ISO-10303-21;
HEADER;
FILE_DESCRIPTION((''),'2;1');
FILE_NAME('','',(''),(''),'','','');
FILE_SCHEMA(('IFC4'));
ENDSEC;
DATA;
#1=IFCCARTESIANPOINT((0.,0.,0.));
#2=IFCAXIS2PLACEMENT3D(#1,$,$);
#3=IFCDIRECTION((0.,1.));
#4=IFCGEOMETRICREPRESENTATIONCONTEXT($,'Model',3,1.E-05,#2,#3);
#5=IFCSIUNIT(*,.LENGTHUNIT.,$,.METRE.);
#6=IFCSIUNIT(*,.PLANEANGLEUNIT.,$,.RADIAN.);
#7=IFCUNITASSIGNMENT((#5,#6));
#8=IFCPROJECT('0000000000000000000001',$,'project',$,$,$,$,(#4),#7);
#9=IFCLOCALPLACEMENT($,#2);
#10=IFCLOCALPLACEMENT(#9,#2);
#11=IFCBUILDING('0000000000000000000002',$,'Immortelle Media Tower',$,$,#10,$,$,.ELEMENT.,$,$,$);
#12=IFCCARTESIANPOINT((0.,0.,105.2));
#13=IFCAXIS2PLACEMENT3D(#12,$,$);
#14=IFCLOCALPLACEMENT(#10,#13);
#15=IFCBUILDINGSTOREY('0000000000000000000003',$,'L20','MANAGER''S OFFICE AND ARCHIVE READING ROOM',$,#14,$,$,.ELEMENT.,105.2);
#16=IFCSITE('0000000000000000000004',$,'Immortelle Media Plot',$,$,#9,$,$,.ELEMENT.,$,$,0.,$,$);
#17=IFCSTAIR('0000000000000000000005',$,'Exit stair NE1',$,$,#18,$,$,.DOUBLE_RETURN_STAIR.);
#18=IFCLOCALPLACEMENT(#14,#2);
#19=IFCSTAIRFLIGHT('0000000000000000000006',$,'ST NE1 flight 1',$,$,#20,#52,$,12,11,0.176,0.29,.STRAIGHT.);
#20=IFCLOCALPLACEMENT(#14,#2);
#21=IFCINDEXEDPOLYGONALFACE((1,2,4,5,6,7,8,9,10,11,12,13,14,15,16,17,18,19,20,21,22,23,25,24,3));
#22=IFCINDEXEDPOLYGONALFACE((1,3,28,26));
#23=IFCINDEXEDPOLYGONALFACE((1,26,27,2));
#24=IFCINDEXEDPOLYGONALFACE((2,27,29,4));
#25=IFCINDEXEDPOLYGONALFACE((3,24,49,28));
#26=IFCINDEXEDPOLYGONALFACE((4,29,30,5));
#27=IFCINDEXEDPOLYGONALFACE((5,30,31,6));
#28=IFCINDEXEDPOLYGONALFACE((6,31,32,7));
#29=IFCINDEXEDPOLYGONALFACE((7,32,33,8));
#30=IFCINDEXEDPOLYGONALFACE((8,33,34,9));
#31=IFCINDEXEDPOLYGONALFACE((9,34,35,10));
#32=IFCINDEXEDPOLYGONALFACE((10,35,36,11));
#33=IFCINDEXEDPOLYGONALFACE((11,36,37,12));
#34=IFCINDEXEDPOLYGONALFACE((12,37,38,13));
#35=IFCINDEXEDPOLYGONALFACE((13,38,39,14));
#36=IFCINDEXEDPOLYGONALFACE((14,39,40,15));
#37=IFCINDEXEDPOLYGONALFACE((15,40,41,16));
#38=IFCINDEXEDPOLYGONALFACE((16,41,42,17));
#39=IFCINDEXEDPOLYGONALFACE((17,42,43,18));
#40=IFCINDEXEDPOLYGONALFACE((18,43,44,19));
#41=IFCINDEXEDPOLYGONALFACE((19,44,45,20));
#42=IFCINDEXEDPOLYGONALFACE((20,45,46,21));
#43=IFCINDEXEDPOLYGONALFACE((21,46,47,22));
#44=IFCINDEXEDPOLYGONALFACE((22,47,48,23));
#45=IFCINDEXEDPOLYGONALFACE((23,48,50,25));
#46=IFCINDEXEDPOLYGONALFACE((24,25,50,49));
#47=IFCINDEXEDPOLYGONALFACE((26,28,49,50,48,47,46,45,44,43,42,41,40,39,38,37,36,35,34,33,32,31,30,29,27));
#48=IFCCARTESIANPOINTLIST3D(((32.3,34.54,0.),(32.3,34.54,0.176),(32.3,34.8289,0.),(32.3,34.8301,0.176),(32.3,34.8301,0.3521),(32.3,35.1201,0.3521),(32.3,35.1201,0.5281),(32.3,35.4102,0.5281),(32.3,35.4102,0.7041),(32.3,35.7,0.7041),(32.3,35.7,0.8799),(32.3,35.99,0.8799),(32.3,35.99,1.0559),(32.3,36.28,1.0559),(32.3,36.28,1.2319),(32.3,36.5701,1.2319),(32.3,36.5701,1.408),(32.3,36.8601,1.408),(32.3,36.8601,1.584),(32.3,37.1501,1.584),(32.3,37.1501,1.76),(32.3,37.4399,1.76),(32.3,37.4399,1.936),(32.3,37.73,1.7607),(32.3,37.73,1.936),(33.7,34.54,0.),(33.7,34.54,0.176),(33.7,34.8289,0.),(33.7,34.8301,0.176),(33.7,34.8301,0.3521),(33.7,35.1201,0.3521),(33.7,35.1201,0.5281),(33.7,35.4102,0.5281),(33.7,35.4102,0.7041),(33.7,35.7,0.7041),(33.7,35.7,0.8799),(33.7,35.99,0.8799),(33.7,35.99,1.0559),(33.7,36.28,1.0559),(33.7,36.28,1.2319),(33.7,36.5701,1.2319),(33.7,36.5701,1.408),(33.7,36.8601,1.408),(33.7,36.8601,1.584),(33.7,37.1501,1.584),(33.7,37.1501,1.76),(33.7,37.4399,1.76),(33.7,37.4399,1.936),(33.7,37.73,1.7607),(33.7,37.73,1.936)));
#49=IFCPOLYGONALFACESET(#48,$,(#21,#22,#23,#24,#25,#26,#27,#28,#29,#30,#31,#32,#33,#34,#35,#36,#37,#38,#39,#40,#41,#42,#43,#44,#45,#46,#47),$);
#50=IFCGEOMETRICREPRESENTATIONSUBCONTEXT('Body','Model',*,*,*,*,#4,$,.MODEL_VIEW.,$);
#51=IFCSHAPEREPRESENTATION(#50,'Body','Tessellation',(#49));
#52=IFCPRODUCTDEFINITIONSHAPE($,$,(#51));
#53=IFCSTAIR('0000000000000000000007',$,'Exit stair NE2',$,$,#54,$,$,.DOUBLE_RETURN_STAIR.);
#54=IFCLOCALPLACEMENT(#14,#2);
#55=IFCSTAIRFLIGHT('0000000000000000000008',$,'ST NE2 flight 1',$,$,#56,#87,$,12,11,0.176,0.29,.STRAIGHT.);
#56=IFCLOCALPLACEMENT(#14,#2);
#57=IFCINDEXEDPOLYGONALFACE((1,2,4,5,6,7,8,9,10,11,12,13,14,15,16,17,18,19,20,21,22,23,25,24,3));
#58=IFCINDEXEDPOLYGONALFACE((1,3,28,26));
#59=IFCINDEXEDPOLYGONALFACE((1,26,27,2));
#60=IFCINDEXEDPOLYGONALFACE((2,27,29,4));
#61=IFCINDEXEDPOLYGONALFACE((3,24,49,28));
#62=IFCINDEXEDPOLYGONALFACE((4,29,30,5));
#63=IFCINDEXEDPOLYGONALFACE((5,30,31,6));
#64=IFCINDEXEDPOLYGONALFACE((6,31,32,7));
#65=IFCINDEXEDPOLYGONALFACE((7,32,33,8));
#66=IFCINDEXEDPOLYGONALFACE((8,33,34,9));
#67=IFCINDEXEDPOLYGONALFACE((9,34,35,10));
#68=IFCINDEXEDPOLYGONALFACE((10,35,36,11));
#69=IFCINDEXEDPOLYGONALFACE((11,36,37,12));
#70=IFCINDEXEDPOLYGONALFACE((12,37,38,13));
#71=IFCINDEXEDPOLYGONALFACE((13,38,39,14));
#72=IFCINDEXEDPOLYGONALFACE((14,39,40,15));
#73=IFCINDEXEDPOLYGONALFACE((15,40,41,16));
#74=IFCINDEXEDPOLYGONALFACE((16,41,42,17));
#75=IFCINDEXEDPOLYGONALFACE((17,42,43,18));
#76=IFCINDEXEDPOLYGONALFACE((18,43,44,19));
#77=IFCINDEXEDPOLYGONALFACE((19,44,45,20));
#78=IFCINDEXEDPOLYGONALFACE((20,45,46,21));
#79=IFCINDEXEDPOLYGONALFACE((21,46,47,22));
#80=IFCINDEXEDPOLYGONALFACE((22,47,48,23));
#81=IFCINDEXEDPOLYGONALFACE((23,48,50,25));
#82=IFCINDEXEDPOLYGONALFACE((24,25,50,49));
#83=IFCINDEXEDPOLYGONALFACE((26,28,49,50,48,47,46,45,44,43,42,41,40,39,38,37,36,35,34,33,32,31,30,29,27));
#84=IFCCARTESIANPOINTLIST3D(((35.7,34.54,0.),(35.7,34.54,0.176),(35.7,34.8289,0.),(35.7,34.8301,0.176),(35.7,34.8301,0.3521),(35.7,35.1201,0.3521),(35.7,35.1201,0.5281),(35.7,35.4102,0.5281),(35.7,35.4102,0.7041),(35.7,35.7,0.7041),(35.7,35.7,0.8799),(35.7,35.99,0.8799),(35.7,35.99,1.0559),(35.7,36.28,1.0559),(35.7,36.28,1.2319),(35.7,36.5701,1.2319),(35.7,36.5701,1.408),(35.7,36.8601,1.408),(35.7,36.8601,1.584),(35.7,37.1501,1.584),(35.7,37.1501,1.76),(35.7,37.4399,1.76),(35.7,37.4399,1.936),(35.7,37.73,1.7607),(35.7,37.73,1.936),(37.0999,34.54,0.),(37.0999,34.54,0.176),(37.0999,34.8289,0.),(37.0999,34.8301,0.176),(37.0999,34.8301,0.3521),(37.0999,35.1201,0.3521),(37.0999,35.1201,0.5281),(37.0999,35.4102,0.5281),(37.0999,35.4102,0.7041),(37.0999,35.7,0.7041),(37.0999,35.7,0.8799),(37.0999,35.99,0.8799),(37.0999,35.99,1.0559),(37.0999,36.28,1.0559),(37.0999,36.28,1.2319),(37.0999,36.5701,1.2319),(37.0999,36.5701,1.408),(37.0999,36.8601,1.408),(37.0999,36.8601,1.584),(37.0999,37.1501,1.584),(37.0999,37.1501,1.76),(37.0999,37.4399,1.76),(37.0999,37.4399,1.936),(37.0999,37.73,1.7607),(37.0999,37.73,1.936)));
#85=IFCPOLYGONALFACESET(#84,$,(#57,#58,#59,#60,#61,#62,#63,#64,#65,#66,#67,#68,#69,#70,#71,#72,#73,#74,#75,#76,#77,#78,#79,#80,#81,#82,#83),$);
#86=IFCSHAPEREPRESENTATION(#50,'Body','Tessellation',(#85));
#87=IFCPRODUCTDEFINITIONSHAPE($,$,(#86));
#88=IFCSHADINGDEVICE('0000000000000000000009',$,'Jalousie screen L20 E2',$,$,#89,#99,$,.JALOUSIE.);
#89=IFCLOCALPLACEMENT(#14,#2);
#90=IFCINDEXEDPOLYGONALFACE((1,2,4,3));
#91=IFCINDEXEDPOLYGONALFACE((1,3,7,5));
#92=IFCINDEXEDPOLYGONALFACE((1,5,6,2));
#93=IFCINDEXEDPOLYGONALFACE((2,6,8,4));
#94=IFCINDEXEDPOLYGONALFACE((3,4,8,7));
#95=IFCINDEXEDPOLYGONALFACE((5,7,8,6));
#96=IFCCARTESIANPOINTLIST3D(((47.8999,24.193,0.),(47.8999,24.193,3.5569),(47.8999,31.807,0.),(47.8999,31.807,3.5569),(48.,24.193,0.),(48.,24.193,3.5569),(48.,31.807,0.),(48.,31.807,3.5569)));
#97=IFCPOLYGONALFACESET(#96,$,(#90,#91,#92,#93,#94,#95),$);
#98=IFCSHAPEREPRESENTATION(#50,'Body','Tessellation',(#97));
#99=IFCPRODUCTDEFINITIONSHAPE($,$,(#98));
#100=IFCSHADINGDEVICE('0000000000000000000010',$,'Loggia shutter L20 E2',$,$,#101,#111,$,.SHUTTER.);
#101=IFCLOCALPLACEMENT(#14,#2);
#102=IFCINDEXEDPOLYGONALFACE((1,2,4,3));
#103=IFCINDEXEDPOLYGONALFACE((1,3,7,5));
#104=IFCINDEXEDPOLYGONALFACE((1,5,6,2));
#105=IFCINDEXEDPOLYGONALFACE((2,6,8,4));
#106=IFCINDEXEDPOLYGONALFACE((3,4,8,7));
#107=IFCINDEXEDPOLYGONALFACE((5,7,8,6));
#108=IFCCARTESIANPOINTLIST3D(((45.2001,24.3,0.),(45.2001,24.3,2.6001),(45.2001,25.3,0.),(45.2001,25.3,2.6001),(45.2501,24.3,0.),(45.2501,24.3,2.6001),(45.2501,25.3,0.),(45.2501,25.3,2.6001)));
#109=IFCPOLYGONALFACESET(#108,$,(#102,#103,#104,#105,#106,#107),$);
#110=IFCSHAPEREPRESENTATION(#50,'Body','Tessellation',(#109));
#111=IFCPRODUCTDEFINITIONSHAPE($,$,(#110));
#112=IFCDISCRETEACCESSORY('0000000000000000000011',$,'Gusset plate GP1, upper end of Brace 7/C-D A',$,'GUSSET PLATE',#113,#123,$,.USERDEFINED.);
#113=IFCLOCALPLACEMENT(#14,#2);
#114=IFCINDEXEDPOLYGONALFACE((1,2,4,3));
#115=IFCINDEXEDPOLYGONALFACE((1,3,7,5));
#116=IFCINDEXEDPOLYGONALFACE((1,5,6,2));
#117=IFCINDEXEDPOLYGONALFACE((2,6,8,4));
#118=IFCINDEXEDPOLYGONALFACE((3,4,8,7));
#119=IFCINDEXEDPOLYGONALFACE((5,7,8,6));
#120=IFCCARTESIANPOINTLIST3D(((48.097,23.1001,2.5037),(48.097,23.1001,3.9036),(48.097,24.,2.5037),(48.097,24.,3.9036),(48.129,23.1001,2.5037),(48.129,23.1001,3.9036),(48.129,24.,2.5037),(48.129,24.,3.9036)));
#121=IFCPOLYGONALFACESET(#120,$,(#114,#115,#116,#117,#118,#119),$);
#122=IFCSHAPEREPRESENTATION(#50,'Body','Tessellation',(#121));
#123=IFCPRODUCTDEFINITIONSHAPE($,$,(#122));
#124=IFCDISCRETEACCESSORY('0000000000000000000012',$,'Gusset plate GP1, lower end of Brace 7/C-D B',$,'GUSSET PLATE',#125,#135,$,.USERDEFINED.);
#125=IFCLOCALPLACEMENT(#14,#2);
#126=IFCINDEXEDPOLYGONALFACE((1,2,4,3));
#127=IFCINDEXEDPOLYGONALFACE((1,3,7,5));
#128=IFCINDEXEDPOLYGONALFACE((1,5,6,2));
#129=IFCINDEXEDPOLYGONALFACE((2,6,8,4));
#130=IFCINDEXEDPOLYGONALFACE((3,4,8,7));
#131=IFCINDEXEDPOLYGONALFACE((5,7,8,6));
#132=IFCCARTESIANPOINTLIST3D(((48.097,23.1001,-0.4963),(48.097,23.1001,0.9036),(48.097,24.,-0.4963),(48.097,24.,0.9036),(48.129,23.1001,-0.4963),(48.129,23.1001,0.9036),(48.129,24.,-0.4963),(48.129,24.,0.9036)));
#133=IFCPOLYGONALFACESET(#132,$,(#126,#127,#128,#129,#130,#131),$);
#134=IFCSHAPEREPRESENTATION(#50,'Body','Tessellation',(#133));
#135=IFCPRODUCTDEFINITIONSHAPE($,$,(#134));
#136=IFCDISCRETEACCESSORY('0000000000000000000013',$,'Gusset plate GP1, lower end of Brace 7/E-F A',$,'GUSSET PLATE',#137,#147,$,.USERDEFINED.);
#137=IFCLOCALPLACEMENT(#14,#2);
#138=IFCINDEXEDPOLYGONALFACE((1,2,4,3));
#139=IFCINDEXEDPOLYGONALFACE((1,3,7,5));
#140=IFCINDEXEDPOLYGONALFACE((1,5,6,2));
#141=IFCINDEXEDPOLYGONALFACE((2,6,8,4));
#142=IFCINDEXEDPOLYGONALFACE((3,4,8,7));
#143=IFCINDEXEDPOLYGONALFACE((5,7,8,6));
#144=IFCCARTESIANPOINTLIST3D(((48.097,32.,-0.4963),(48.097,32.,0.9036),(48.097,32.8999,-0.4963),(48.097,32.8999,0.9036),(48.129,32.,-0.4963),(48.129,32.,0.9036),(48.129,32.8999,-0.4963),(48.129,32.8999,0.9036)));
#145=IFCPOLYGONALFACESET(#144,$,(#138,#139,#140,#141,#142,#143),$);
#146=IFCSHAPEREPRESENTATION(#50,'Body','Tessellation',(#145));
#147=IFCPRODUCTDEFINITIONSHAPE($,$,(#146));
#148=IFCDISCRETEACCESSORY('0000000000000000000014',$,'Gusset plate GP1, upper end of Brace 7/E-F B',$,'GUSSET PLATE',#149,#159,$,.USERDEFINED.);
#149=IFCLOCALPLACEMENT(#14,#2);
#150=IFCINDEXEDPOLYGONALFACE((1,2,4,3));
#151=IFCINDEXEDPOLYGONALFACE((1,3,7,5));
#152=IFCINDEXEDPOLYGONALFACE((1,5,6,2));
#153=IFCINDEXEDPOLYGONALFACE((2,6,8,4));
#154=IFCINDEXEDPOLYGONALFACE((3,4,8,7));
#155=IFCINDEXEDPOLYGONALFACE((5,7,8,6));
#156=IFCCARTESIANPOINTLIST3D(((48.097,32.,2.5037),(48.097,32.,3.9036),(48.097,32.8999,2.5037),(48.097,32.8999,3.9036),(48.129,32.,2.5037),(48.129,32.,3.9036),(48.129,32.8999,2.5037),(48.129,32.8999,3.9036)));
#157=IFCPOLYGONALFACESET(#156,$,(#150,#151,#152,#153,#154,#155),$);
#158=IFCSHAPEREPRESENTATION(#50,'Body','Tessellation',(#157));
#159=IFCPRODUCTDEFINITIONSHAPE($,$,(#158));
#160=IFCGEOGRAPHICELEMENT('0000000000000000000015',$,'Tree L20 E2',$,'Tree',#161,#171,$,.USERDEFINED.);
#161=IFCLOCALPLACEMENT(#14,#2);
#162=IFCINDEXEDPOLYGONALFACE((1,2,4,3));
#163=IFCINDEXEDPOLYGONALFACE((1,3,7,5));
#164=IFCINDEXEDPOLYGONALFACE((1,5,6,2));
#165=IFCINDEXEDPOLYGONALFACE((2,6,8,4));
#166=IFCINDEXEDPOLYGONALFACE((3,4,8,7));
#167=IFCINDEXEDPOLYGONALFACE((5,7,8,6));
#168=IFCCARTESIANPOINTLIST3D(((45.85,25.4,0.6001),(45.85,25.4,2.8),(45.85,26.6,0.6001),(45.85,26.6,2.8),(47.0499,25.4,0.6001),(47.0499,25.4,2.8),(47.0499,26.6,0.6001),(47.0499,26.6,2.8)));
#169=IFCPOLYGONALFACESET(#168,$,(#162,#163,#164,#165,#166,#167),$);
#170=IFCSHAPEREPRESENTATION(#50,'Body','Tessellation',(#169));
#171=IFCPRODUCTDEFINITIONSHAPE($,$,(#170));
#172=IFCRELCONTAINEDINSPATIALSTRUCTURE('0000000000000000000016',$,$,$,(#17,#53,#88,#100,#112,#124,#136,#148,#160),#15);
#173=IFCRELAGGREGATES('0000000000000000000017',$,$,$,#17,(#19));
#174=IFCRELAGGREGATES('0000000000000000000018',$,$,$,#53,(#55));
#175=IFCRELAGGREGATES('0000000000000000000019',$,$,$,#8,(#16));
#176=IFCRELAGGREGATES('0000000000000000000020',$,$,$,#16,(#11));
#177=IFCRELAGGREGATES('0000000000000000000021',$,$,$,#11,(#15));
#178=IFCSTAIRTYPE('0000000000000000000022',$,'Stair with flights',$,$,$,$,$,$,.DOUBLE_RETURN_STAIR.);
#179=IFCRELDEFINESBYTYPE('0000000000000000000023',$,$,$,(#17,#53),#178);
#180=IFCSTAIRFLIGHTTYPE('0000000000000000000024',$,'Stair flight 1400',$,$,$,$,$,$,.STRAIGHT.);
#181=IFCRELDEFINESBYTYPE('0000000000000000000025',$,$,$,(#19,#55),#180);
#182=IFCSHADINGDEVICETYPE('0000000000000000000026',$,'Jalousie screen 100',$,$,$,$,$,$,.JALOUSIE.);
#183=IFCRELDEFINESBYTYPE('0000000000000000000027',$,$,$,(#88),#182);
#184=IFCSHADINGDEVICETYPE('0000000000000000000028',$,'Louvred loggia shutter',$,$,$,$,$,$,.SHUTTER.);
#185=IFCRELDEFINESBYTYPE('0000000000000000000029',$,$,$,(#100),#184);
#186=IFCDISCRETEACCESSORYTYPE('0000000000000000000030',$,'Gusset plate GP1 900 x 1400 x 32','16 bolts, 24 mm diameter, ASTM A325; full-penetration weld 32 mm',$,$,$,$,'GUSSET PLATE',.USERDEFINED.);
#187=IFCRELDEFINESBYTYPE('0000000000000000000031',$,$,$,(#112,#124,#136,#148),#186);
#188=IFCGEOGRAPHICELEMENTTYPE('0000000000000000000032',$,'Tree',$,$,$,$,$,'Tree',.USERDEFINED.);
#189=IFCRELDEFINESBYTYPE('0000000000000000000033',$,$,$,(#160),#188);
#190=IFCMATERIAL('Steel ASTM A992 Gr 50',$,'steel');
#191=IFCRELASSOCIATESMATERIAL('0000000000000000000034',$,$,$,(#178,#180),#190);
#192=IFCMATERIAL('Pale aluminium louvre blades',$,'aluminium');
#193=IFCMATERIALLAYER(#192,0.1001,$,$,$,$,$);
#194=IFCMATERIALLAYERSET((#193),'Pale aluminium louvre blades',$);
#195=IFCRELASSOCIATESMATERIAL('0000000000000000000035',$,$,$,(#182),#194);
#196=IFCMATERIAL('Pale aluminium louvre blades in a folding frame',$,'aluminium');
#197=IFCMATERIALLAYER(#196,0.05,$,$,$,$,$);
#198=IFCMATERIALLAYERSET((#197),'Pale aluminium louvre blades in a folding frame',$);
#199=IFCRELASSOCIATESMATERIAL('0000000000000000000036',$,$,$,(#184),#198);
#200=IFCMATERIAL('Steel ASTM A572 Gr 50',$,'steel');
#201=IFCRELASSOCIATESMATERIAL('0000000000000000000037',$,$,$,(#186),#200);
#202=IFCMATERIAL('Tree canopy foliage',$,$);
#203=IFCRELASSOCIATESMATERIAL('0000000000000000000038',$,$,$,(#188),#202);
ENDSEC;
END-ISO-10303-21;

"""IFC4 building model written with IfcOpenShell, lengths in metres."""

from ifc_helpers import new_model, si_unit, direction, frame, origin, origin_2d, place, context, subcontext, project, spatial, polyline, rectangle, outline, extrude, material, layer, layer_set, material_profile, profile_set, type_object, element, aggregate, save


model = new_model("IFC4")

# Units and contexts
model_context = context("Model", 3, precision=1e-05, world=origin(), true_north=direction((0.0, 1.0)))
body_context = subcontext(model_context, "Body", "Model", "MODEL_VIEW")
ifc_project = project(units=[si_unit("LENGTHUNIT", "METRE"), si_unit("PLANEANGLEUNIT", "RADIAN")], contexts=[model_context])

# Site, building, storey
site_placement = place(None, origin())
site = spatial("IfcSite", under=ifc_project, at=site_placement, Name="Immortelle Media Plot", CompositionType="ELEMENT", RefElevation=0.0)
building_placement = place(site_placement, origin())
building = spatial("IfcBuilding", under=site, at=building_placement, Name="Immortelle Media Tower", CompositionType="ELEMENT")
storey_placement = place(building_placement, frame((0.0, 0.0, 105.2)))
storey = spatial("IfcBuildingStorey", under=building, at=storey_placement, Name="L20", Description="MANAGER'S OFFICE AND ARCHIVE READING ROOM", CompositionType="ELEMENT", Elevation=105.2)

# Shared definitions
ifc_material_1 = material(Name="Steel ASTM A992 Gr 50", Category="steel")

# Stairs, stair flights
stair_type = type_object("IfcStairType", Name="Stair with flights", PredefinedType="DOUBLE_RETURN_STAIR", material=ifc_material_1)
stair_1_placement = place(storey_placement, origin())
stair_1 = element("IfcStair", 1, at=stair_1_placement, inside=storey, type_object=stair_type, Name="Exit stair NE1", PredefinedType="DOUBLE_RETURN_STAIR")
stair_flight_type = type_object("IfcStairFlightType", Name="Stair flight 1400", PredefinedType="STRAIGHT", material=ifc_material_1)
stair_flight_1_placement = place(storey_placement, frame((33.0, 34.54, 0.0), z_axis=(0.0, 0.0, 1.0), x_axis=(0.0, 1.0, 0.0)))
stair_flight_1 = element("IfcStairFlight", 2, at=stair_flight_1_placement, type_object=stair_flight_type, Name="ST NE1 flight 1", NumberOfRisers=12, NumberOfTreads=11, PredefinedType="STRAIGHT", RiserHeight=0.176, TreadLength=0.29, context=body_context, shape_type="SweptSolid", body=[
    extrude(outline(polyline([(0.0, 0.0), (0.0, 0.176), (0.29, 0.176), (0.29, 0.3521), (0.5801, 0.3521), (0.5801, 0.5281), (0.8701, 0.5281), (0.8701, 0.7041), (1.1599, 0.7041), (1.1599, 0.8799), (1.45, 0.8799), (1.45, 1.0559), (1.74, 1.0559), (1.74, 1.2319), (2.03, 1.2319), (2.03, 1.408), (2.3201, 1.408), (2.3201, 1.584), (2.6101, 1.584), (2.6101, 1.76), (2.8999, 1.76), (2.8999, 1.936), (3.1899, 1.936), (3.1899, 2.1121), (3.1899, 1.7607), (0.2888, 0.0), (0.0, 0.0)])), frame((0.0, 0.7, 0.0), z_axis=(0.0, -1.0, 0.0), x_axis=(1.0, 0.0, 0.0)), (0.0, 0.0, 1.0), 1.3999),
])
aggregate(stair_1, [stair_flight_1])
stair_2_placement = place(storey_placement, origin())
stair_2 = element("IfcStair", 3, at=stair_2_placement, inside=storey, type_object=stair_type, Name="Exit stair NE2", PredefinedType="DOUBLE_RETURN_STAIR")
stair_flight_2_placement = place(storey_placement, frame((36.3999, 34.54, 0.0), z_axis=(0.0, 0.0, 1.0), x_axis=(0.0, 1.0, 0.0)))
stair_flight_2 = element("IfcStairFlight", 4, at=stair_flight_2_placement, type_object=stair_flight_type, Name="ST NE2 flight 1", NumberOfRisers=12, NumberOfTreads=11, PredefinedType="STRAIGHT", RiserHeight=0.176, TreadLength=0.29, context=body_context, shape_type="SweptSolid", body=[
    extrude(outline(polyline([(0.0, 0.0), (0.0, 0.176), (0.29, 0.176), (0.29, 0.3521), (0.5801, 0.3521), (0.5801, 0.5281), (0.8701, 0.5281), (0.8701, 0.7041), (1.1599, 0.7041), (1.1599, 0.8799), (1.45, 0.8799), (1.45, 1.0559), (1.74, 1.0559), (1.74, 1.2319), (2.03, 1.2319), (2.03, 1.408), (2.3201, 1.408), (2.3201, 1.584), (2.6101, 1.584), (2.6101, 1.76), (2.8999, 1.76), (2.8999, 1.936), (3.1899, 1.936), (3.1899, 2.1121), (3.1899, 1.7607), (0.2888, 0.0), (0.0, 0.0)])), frame((0.0, 0.7, 0.0), z_axis=(0.0, -1.0, 0.0), x_axis=(1.0, 0.0, 0.0)), (0.0, 0.0, 1.0), 1.3999),
])
aggregate(stair_2, [stair_flight_2])

# Shading devices
ifc_material_2 = material(Name="Pale aluminium louvre blades", Category="aluminium")
ifc_layer_1 = layer(ifc_material_2, 0.1001)
ifc_layer_set_1 = layer_set([ifc_layer_1], Name="Pale aluminium louvre blades")
shading_device_type_1 = type_object("IfcShadingDeviceType", Name="Jalousie screen 100", PredefinedType="JALOUSIE", material=ifc_layer_set_1)
shading_device_1_placement = place(storey_placement, frame((47.95, 28.0, 0.0), z_axis=(0.0, 0.0, 1.0), x_axis=(0.0, 1.0, 0.0)))
element("IfcShadingDevice", 5, at=shading_device_1_placement, inside=storey, type_object=shading_device_type_1, Name="Jalousie screen L20 E2", PredefinedType="JALOUSIE", context=body_context, shape_type="SweptSolid", body=[
    extrude(rectangle(XDim=7.614, YDim=0.1001, at=origin_2d()), origin(), (0.0, 0.0, 1.0), 3.5569),
])
ifc_material_3 = material(Name="Pale aluminium louvre blades in a folding frame", Category="aluminium")
ifc_layer_2 = layer(ifc_material_3, 0.05)
ifc_layer_set_2 = layer_set([ifc_layer_2], Name="Pale aluminium louvre blades in a folding frame")
shading_device_type_2 = type_object("IfcShadingDeviceType", Name="Louvred loggia shutter", PredefinedType="SHUTTER", material=ifc_layer_set_2)
shading_device_2_placement = place(storey_placement, frame((45.2251, 24.8, 0.0), z_axis=(0.0, 0.0, 1.0), x_axis=(0.0, 1.0, 0.0)))
element("IfcShadingDevice", 6, at=shading_device_2_placement, inside=storey, type_object=shading_device_type_2, Name="Loggia shutter L20 E2", PredefinedType="SHUTTER", context=body_context, shape_type="SweptSolid", body=[
    extrude(rectangle(XDim=1.0, YDim=0.05, at=origin_2d()), origin(), (0.0, 0.0, 1.0), 2.6001),
])

# Discrete accessories
ifc_material_4 = material(Name="Steel ASTM A572 Gr 50", Category="steel")
ifc_material_profile_1 = material_profile(ifc_material_4, rectangle(XDim=0.032, YDim=1.3999, at=origin_2d()), Name="PL 32 x 1400")
ifc_profile_set_1 = profile_set([ifc_material_profile_1], Name="Steel ASTM A572 Gr 50")
discrete_accessory_type = type_object("IfcDiscreteAccessoryType", Name="Gusset plate GP1 900 x 1400 x 32", Description="16 bolts, 24 mm diameter, ASTM A325; full-penetration weld 32 mm", ElementType="GUSSET PLATE", PredefinedType="USERDEFINED", material=ifc_profile_set_1)
for number, where, z_axis, x_axis, name in (
    (7, (48.113, 24.0, 3.2036), (0.0, -1.0, 0.0), (1.0, 0.0, 0.0), "Gusset plate GP1, upper end of Brace 7/C-D A"),
    (8, (48.113, 24.0, 0.2036), (0.0, -1.0, 0.0), (1.0, 0.0, 0.0), "Gusset plate GP1, lower end of Brace 7/C-D B"),
    (9, (48.113, 32.0, 0.2036), (0.0, 1.0, 0.0), (-1.0, 0.0, 0.0), "Gusset plate GP1, lower end of Brace 7/E-F A"),
    (10, (48.113, 32.0, 3.2036), (0.0, 1.0, 0.0), (-1.0, 0.0, 0.0), "Gusset plate GP1, upper end of Brace 7/E-F B"),
):
    element("IfcDiscreteAccessory", number, at=place(storey_placement, frame(where, z_axis=z_axis, x_axis=x_axis)), inside=storey, type_object=discrete_accessory_type, Name=name, ObjectType="GUSSET PLATE", PredefinedType="USERDEFINED", context=body_context, shape_type="SweptSolid", body=[
        extrude(rectangle(XDim=0.032, YDim=1.3999, at=origin_2d()), origin(), (0.0, 0.0, 1.0), 0.8999),
    ])

# Geographic element
ifc_material_5 = material(Name="Tree canopy foliage")
geographic_element_type = type_object("IfcGeographicElementType", Name="Tree", ElementType="Tree", PredefinedType="USERDEFINED", material=ifc_material_5)
geographic_element_placement = place(storey_placement, frame((46.45, 26.0, 0.6001), z_axis=(0.0, 0.0, 1.0), x_axis=(1.0, 0.0, 0.0)))
element("IfcGeographicElement", 11, at=geographic_element_placement, inside=storey, type_object=geographic_element_type, Name="Tree L20 E2", ObjectType="Tree", PredefinedType="USERDEFINED", context=body_context, shape_type="SweptSolid", body=[
    extrude(rectangle(XDim=1.2, YDim=1.2, at=origin_2d()), origin(), (0.0, 0.0, 1.0), 2.2),
])

save(model, "model.ifc")
